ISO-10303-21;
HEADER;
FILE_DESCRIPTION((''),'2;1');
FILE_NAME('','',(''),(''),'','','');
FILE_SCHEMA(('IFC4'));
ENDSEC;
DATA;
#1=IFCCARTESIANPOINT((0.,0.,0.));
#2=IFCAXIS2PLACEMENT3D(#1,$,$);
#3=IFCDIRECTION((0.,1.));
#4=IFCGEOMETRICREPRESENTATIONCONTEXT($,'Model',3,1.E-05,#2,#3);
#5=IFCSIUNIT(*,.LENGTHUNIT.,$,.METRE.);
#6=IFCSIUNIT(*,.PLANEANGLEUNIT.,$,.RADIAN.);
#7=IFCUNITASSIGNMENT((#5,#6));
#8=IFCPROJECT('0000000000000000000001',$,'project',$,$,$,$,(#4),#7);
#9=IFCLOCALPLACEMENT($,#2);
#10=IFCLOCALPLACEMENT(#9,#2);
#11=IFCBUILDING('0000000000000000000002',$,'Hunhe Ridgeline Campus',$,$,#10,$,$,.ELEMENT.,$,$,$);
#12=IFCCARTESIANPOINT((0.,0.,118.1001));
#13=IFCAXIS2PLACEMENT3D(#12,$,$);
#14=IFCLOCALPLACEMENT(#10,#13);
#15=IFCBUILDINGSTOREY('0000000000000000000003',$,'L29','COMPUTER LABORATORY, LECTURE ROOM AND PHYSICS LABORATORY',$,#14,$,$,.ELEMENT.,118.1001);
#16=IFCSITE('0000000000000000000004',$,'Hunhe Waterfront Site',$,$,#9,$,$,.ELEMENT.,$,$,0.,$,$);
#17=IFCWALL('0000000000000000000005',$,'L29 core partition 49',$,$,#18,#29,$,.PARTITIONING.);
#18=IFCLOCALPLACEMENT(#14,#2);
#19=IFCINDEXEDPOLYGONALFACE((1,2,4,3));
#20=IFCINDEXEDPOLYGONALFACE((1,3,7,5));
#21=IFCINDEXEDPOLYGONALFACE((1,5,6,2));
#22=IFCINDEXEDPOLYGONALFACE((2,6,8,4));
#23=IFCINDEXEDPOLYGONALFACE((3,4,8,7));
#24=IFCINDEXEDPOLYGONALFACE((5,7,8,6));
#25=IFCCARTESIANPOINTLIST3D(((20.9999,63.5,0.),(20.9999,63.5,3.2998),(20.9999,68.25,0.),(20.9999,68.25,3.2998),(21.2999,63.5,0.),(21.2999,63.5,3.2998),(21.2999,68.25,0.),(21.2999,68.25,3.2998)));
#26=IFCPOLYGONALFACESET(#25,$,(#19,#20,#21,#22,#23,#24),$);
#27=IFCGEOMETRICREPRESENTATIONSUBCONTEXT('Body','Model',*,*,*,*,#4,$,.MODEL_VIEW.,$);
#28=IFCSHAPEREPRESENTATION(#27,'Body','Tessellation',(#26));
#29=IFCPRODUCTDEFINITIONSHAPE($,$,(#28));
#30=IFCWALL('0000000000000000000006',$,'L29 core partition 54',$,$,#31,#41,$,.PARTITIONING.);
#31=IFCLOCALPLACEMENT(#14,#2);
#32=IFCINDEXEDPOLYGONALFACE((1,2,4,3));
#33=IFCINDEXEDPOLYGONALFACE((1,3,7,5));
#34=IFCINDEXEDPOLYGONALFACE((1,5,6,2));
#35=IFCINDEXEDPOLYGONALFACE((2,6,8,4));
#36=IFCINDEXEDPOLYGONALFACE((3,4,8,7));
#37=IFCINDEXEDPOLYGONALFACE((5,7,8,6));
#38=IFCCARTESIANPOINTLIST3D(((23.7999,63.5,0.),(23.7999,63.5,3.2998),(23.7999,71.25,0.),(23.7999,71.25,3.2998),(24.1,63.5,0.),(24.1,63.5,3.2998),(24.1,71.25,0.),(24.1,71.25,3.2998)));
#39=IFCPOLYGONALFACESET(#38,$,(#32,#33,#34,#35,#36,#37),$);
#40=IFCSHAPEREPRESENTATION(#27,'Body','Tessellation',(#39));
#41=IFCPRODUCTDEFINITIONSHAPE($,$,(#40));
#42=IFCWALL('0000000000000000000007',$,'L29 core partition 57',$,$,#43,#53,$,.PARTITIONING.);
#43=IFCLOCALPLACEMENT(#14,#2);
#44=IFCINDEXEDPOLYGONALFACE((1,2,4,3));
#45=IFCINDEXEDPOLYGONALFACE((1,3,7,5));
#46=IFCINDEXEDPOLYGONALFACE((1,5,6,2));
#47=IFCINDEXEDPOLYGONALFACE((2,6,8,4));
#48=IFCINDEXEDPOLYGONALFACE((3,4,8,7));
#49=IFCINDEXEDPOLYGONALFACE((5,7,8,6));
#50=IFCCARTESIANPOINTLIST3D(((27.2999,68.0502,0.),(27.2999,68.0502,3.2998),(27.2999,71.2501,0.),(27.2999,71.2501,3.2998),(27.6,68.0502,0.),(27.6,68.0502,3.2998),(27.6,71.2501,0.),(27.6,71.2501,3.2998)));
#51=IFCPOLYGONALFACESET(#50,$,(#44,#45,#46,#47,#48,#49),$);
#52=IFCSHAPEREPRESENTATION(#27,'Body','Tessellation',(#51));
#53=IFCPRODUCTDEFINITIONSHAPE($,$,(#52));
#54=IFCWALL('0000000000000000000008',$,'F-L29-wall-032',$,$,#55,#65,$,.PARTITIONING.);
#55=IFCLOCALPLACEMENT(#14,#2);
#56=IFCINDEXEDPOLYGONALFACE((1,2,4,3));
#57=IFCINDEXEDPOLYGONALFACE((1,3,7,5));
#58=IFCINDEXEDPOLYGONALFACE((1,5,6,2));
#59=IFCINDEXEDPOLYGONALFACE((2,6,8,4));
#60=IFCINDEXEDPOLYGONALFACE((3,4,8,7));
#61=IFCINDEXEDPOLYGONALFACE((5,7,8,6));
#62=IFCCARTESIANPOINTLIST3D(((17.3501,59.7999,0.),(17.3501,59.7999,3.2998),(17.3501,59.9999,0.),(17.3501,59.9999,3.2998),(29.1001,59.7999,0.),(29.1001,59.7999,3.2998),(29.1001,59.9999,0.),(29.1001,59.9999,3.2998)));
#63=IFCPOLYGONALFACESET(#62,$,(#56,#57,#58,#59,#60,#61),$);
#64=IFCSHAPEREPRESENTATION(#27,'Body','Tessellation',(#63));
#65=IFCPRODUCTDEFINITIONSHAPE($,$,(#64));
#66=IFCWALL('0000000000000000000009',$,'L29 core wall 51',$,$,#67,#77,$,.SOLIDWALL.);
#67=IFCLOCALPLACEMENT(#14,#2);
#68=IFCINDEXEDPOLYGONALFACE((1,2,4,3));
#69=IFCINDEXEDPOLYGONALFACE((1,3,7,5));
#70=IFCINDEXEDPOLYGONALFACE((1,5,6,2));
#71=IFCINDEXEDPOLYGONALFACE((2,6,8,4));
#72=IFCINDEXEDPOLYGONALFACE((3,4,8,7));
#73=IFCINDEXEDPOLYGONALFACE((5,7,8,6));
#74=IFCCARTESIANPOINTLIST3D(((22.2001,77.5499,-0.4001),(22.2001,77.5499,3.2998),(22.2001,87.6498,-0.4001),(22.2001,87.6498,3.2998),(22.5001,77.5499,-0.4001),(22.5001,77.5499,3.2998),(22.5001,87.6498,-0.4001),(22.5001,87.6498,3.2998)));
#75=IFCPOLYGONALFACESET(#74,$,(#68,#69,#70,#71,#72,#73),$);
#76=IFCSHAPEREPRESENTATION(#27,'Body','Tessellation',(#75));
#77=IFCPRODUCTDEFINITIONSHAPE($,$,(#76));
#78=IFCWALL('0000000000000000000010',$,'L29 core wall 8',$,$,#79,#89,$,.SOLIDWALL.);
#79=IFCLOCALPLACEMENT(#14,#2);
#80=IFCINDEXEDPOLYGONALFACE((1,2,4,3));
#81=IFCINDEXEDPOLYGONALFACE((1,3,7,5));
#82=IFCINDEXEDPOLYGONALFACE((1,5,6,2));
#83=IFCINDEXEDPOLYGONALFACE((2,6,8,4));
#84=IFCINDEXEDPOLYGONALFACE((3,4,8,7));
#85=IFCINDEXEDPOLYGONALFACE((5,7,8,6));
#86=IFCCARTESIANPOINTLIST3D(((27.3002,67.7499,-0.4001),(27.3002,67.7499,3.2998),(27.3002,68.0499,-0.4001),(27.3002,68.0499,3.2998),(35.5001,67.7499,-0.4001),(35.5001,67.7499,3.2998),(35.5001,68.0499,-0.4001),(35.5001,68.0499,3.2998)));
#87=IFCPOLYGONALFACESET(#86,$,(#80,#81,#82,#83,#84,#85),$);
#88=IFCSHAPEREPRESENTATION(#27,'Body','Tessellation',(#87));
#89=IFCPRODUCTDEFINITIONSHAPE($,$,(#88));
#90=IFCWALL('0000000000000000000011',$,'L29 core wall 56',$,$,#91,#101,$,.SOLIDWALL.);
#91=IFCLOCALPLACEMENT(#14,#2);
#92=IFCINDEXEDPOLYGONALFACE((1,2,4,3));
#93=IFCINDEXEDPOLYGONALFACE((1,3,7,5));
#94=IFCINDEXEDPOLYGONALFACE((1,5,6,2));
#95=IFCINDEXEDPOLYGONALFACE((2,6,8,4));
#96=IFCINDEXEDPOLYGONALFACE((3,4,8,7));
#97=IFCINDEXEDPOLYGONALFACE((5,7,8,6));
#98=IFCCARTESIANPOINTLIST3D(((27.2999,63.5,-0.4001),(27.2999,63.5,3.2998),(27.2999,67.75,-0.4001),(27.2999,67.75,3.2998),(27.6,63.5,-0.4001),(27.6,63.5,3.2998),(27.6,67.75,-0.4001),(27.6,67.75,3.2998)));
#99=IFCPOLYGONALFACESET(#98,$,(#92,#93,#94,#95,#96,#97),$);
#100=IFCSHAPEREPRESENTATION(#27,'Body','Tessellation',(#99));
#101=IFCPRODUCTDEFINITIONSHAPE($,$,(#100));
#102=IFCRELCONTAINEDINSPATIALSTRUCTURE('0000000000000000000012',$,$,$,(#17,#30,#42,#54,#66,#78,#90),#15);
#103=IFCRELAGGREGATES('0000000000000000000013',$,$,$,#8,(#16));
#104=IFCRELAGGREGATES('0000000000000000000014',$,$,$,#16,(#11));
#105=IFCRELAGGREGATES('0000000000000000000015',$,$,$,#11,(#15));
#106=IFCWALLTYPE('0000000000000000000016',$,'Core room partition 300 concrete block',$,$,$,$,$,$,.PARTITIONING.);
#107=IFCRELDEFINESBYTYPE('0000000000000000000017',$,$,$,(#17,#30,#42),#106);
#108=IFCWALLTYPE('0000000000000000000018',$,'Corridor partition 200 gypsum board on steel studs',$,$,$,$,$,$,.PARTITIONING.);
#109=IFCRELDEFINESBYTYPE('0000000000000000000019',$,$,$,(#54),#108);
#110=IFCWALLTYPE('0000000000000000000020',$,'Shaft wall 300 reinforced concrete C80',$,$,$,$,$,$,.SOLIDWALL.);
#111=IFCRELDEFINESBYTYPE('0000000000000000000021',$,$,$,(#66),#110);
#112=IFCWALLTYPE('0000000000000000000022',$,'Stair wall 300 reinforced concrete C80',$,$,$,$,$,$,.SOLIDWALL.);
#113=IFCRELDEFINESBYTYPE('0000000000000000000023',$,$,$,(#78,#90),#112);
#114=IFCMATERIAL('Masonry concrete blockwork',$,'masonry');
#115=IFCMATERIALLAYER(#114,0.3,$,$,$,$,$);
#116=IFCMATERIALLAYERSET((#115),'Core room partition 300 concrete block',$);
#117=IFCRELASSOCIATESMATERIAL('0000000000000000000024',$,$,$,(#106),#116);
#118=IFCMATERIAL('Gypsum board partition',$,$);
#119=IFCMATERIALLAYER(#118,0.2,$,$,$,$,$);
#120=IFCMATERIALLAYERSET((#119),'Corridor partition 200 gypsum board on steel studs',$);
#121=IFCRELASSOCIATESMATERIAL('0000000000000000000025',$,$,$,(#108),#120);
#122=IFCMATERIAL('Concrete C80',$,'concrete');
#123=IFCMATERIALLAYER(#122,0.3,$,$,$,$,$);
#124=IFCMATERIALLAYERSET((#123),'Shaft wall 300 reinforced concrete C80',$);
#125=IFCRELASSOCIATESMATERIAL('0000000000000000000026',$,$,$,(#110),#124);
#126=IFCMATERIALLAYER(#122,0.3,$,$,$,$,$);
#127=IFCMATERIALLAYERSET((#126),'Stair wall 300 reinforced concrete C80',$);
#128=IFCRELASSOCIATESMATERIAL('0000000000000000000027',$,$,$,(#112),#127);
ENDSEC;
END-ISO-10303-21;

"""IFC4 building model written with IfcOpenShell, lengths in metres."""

from ifc_helpers import new_model, si_unit, direction, frame, frame_2d, origin, place, context, subcontext, project, spatial, rectangle, extrude, material, layer, layer_set, type_object, element, save


model = new_model("IFC4")

# Units and contexts
model_context = context("Model", 3, precision=1e-05, world=origin(), true_north=direction((0.0, 1.0)))
body_context = subcontext(model_context, "Body", "Model", "MODEL_VIEW")
ifc_project = project(units=[si_unit("LENGTHUNIT", "METRE"), si_unit("PLANEANGLEUNIT", "RADIAN")], contexts=[model_context])

# Site, building, storey
site_placement = place(None, origin())
site = spatial("IfcSite", under=ifc_project, at=site_placement, Name="Hunhe Waterfront Site", CompositionType="ELEMENT", RefElevation=0.0)
building_placement = place(site_placement, origin())
building = spatial("IfcBuilding", under=site, at=building_placement, Name="Hunhe Ridgeline Campus", CompositionType="ELEMENT")
storey_placement = place(building_placement, frame((0.0, 0.0, 118.1001)))
storey = spatial("IfcBuildingStorey", under=building, at=storey_placement, Name="L29", Description="COMPUTER LABORATORY, LECTURE ROOM AND PHYSICS LABORATORY", CompositionType="ELEMENT", Elevation=118.1001)

# Shared definitions
ifc_material_1 = material(Name="Masonry concrete blockwork", Category="masonry")
ifc_layer_1 = layer(ifc_material_1, 0.3)
ifc_layer_set_1 = layer_set([ifc_layer_1], Name="Core room partition 300 concrete block")
wall_type_1 = type_object("IfcWallType", Name="Core room partition 300 concrete block", PredefinedType="PARTITIONING", material=ifc_layer_set_1)

# Walls
wall_1_placement = place(storey_placement, frame((21.1499, 63.5, 0.0), z_axis=(0.0, 0.0, 1.0), x_axis=(0.0, 1.0, 0.0)))
element("IfcWall", 1, at=wall_1_placement, inside=storey, type_object=wall_type_1, Name="L29 core partition 49", PredefinedType="PARTITIONING", context=body_context, shape_type="SweptSolid", body=[
    extrude(rectangle(XDim=4.75, YDim=0.3, at=frame_2d((2.375, 0.0))), origin(), (0.0, 0.0, 1.0), 3.2998),
])
wall_2_placement = place(storey_placement, frame((23.95, 63.5, 0.0), z_axis=(0.0, 0.0, 1.0), x_axis=(0.0, 1.0, 0.0)))
element("IfcWall", 2, at=wall_2_placement, inside=storey, type_object=wall_type_1, Name="L29 core partition 54", PredefinedType="PARTITIONING", context=body_context, shape_type="SweptSolid", body=[
    extrude(rectangle(XDim=7.75, YDim=0.3, at=frame_2d((3.875, 0.0))), origin(), (0.0, 0.0, 1.0), 3.2998),
])
wall_3_placement = place(storey_placement, frame((27.45, 68.05, 0.0), z_axis=(0.0, 0.0, 1.0), x_axis=(0.0, 1.0, 0.0)))
element("IfcWall", 3, at=wall_3_placement, inside=storey, type_object=wall_type_1, Name="L29 core partition 57", PredefinedType="PARTITIONING", context=body_context, shape_type="SweptSolid", body=[
    extrude(rectangle(XDim=3.2, YDim=0.3, at=frame_2d((1.6001, 0.0))), origin(), (0.0, 0.0, 1.0), 3.2998),
])
ifc_material_2 = material(Name="Gypsum board partition")
ifc_layer_2 = layer(ifc_material_2, 0.2)
ifc_layer_set_2 = layer_set([ifc_layer_2], Name="Corridor partition 200 gypsum board on steel studs")
wall_type_2 = type_object("IfcWallType", Name="Corridor partition 200 gypsum board on steel studs", PredefinedType="PARTITIONING", material=ifc_layer_set_2)
wall_4_placement = place(storey_placement, frame((29.1001, 59.8999, 0.0), z_axis=(0.0, 0.0, 1.0), x_axis=(-1.0, 0.0, 0.0)))
element("IfcWall", 4, at=wall_4_placement, inside=storey, type_object=wall_type_2, Name="F-L29-wall-032", PredefinedType="PARTITIONING", context=body_context, shape_type="SweptSolid", body=[
    extrude(rectangle(XDim=11.75, YDim=0.2, at=frame_2d((5.875, 0.0))), origin(), (0.0, 0.0, 1.0), 3.2998),
])

# Walls
ifc_material_3 = material(Name="Concrete C80", Category="concrete")
ifc_layer_3 = layer(ifc_material_3, 0.3)
ifc_layer_set_3 = layer_set([ifc_layer_3], Name="Shaft wall 300 reinforced concrete C80")
wall_type_3 = type_object("IfcWallType", Name="Shaft wall 300 reinforced concrete C80", PredefinedType="SOLIDWALL", material=ifc_layer_set_3)
wall_5_placement = place(storey_placement, frame((22.3501, 77.55, -0.4001), z_axis=(0.0, 0.0, 1.0), x_axis=(0.0, 1.0, 0.0)))
element("IfcWall", 5, at=wall_5_placement, inside=storey, type_object=wall_type_3, Name="L29 core wall 51", PredefinedType="SOLIDWALL", context=body_context, shape_type="SweptSolid", body=[
    extrude(rectangle(XDim=10.0999, YDim=0.3, at=frame_2d((5.0498, 0.0))), origin(), (0.0, 0.0, 1.0), 3.7),
])
ifc_layer_4 = layer(ifc_material_3, 0.3)
ifc_layer_set_4 = layer_set([ifc_layer_4], Name="Stair wall 300 reinforced concrete C80")
wall_type_4 = type_object("IfcWallType", Name="Stair wall 300 reinforced concrete C80", PredefinedType="SOLIDWALL", material=ifc_layer_set_4)
wall_6_placement = place(storey_placement, frame((27.3, 67.8999, -0.4001), z_axis=(0.0, 0.0, 1.0), x_axis=(1.0, 0.0, 0.0)))
element("IfcWall", 6, at=wall_6_placement, inside=storey, type_object=wall_type_4, Name="L29 core wall 8", PredefinedType="SOLIDWALL", context=body_context, shape_type="SweptSolid", body=[
    extrude(rectangle(XDim=8.2, YDim=0.3, at=frame_2d((4.1001, 0.0))), origin(), (0.0, 0.0, 1.0), 3.7),
])
wall_7_placement = place(storey_placement, frame((27.45, 63.5, -0.4001), z_axis=(0.0, 0.0, 1.0), x_axis=(0.0, 1.0, 0.0)))
element("IfcWall", 7, at=wall_7_placement, inside=storey, type_object=wall_type_4, Name="L29 core wall 56", PredefinedType="SOLIDWALL", context=body_context, shape_type="SweptSolid", body=[
    extrude(rectangle(XDim=4.25, YDim=0.3, at=frame_2d((2.125, 0.0))), origin(), (0.0, 0.0, 1.0), 3.7),
])

save(model, "model.ifc")
